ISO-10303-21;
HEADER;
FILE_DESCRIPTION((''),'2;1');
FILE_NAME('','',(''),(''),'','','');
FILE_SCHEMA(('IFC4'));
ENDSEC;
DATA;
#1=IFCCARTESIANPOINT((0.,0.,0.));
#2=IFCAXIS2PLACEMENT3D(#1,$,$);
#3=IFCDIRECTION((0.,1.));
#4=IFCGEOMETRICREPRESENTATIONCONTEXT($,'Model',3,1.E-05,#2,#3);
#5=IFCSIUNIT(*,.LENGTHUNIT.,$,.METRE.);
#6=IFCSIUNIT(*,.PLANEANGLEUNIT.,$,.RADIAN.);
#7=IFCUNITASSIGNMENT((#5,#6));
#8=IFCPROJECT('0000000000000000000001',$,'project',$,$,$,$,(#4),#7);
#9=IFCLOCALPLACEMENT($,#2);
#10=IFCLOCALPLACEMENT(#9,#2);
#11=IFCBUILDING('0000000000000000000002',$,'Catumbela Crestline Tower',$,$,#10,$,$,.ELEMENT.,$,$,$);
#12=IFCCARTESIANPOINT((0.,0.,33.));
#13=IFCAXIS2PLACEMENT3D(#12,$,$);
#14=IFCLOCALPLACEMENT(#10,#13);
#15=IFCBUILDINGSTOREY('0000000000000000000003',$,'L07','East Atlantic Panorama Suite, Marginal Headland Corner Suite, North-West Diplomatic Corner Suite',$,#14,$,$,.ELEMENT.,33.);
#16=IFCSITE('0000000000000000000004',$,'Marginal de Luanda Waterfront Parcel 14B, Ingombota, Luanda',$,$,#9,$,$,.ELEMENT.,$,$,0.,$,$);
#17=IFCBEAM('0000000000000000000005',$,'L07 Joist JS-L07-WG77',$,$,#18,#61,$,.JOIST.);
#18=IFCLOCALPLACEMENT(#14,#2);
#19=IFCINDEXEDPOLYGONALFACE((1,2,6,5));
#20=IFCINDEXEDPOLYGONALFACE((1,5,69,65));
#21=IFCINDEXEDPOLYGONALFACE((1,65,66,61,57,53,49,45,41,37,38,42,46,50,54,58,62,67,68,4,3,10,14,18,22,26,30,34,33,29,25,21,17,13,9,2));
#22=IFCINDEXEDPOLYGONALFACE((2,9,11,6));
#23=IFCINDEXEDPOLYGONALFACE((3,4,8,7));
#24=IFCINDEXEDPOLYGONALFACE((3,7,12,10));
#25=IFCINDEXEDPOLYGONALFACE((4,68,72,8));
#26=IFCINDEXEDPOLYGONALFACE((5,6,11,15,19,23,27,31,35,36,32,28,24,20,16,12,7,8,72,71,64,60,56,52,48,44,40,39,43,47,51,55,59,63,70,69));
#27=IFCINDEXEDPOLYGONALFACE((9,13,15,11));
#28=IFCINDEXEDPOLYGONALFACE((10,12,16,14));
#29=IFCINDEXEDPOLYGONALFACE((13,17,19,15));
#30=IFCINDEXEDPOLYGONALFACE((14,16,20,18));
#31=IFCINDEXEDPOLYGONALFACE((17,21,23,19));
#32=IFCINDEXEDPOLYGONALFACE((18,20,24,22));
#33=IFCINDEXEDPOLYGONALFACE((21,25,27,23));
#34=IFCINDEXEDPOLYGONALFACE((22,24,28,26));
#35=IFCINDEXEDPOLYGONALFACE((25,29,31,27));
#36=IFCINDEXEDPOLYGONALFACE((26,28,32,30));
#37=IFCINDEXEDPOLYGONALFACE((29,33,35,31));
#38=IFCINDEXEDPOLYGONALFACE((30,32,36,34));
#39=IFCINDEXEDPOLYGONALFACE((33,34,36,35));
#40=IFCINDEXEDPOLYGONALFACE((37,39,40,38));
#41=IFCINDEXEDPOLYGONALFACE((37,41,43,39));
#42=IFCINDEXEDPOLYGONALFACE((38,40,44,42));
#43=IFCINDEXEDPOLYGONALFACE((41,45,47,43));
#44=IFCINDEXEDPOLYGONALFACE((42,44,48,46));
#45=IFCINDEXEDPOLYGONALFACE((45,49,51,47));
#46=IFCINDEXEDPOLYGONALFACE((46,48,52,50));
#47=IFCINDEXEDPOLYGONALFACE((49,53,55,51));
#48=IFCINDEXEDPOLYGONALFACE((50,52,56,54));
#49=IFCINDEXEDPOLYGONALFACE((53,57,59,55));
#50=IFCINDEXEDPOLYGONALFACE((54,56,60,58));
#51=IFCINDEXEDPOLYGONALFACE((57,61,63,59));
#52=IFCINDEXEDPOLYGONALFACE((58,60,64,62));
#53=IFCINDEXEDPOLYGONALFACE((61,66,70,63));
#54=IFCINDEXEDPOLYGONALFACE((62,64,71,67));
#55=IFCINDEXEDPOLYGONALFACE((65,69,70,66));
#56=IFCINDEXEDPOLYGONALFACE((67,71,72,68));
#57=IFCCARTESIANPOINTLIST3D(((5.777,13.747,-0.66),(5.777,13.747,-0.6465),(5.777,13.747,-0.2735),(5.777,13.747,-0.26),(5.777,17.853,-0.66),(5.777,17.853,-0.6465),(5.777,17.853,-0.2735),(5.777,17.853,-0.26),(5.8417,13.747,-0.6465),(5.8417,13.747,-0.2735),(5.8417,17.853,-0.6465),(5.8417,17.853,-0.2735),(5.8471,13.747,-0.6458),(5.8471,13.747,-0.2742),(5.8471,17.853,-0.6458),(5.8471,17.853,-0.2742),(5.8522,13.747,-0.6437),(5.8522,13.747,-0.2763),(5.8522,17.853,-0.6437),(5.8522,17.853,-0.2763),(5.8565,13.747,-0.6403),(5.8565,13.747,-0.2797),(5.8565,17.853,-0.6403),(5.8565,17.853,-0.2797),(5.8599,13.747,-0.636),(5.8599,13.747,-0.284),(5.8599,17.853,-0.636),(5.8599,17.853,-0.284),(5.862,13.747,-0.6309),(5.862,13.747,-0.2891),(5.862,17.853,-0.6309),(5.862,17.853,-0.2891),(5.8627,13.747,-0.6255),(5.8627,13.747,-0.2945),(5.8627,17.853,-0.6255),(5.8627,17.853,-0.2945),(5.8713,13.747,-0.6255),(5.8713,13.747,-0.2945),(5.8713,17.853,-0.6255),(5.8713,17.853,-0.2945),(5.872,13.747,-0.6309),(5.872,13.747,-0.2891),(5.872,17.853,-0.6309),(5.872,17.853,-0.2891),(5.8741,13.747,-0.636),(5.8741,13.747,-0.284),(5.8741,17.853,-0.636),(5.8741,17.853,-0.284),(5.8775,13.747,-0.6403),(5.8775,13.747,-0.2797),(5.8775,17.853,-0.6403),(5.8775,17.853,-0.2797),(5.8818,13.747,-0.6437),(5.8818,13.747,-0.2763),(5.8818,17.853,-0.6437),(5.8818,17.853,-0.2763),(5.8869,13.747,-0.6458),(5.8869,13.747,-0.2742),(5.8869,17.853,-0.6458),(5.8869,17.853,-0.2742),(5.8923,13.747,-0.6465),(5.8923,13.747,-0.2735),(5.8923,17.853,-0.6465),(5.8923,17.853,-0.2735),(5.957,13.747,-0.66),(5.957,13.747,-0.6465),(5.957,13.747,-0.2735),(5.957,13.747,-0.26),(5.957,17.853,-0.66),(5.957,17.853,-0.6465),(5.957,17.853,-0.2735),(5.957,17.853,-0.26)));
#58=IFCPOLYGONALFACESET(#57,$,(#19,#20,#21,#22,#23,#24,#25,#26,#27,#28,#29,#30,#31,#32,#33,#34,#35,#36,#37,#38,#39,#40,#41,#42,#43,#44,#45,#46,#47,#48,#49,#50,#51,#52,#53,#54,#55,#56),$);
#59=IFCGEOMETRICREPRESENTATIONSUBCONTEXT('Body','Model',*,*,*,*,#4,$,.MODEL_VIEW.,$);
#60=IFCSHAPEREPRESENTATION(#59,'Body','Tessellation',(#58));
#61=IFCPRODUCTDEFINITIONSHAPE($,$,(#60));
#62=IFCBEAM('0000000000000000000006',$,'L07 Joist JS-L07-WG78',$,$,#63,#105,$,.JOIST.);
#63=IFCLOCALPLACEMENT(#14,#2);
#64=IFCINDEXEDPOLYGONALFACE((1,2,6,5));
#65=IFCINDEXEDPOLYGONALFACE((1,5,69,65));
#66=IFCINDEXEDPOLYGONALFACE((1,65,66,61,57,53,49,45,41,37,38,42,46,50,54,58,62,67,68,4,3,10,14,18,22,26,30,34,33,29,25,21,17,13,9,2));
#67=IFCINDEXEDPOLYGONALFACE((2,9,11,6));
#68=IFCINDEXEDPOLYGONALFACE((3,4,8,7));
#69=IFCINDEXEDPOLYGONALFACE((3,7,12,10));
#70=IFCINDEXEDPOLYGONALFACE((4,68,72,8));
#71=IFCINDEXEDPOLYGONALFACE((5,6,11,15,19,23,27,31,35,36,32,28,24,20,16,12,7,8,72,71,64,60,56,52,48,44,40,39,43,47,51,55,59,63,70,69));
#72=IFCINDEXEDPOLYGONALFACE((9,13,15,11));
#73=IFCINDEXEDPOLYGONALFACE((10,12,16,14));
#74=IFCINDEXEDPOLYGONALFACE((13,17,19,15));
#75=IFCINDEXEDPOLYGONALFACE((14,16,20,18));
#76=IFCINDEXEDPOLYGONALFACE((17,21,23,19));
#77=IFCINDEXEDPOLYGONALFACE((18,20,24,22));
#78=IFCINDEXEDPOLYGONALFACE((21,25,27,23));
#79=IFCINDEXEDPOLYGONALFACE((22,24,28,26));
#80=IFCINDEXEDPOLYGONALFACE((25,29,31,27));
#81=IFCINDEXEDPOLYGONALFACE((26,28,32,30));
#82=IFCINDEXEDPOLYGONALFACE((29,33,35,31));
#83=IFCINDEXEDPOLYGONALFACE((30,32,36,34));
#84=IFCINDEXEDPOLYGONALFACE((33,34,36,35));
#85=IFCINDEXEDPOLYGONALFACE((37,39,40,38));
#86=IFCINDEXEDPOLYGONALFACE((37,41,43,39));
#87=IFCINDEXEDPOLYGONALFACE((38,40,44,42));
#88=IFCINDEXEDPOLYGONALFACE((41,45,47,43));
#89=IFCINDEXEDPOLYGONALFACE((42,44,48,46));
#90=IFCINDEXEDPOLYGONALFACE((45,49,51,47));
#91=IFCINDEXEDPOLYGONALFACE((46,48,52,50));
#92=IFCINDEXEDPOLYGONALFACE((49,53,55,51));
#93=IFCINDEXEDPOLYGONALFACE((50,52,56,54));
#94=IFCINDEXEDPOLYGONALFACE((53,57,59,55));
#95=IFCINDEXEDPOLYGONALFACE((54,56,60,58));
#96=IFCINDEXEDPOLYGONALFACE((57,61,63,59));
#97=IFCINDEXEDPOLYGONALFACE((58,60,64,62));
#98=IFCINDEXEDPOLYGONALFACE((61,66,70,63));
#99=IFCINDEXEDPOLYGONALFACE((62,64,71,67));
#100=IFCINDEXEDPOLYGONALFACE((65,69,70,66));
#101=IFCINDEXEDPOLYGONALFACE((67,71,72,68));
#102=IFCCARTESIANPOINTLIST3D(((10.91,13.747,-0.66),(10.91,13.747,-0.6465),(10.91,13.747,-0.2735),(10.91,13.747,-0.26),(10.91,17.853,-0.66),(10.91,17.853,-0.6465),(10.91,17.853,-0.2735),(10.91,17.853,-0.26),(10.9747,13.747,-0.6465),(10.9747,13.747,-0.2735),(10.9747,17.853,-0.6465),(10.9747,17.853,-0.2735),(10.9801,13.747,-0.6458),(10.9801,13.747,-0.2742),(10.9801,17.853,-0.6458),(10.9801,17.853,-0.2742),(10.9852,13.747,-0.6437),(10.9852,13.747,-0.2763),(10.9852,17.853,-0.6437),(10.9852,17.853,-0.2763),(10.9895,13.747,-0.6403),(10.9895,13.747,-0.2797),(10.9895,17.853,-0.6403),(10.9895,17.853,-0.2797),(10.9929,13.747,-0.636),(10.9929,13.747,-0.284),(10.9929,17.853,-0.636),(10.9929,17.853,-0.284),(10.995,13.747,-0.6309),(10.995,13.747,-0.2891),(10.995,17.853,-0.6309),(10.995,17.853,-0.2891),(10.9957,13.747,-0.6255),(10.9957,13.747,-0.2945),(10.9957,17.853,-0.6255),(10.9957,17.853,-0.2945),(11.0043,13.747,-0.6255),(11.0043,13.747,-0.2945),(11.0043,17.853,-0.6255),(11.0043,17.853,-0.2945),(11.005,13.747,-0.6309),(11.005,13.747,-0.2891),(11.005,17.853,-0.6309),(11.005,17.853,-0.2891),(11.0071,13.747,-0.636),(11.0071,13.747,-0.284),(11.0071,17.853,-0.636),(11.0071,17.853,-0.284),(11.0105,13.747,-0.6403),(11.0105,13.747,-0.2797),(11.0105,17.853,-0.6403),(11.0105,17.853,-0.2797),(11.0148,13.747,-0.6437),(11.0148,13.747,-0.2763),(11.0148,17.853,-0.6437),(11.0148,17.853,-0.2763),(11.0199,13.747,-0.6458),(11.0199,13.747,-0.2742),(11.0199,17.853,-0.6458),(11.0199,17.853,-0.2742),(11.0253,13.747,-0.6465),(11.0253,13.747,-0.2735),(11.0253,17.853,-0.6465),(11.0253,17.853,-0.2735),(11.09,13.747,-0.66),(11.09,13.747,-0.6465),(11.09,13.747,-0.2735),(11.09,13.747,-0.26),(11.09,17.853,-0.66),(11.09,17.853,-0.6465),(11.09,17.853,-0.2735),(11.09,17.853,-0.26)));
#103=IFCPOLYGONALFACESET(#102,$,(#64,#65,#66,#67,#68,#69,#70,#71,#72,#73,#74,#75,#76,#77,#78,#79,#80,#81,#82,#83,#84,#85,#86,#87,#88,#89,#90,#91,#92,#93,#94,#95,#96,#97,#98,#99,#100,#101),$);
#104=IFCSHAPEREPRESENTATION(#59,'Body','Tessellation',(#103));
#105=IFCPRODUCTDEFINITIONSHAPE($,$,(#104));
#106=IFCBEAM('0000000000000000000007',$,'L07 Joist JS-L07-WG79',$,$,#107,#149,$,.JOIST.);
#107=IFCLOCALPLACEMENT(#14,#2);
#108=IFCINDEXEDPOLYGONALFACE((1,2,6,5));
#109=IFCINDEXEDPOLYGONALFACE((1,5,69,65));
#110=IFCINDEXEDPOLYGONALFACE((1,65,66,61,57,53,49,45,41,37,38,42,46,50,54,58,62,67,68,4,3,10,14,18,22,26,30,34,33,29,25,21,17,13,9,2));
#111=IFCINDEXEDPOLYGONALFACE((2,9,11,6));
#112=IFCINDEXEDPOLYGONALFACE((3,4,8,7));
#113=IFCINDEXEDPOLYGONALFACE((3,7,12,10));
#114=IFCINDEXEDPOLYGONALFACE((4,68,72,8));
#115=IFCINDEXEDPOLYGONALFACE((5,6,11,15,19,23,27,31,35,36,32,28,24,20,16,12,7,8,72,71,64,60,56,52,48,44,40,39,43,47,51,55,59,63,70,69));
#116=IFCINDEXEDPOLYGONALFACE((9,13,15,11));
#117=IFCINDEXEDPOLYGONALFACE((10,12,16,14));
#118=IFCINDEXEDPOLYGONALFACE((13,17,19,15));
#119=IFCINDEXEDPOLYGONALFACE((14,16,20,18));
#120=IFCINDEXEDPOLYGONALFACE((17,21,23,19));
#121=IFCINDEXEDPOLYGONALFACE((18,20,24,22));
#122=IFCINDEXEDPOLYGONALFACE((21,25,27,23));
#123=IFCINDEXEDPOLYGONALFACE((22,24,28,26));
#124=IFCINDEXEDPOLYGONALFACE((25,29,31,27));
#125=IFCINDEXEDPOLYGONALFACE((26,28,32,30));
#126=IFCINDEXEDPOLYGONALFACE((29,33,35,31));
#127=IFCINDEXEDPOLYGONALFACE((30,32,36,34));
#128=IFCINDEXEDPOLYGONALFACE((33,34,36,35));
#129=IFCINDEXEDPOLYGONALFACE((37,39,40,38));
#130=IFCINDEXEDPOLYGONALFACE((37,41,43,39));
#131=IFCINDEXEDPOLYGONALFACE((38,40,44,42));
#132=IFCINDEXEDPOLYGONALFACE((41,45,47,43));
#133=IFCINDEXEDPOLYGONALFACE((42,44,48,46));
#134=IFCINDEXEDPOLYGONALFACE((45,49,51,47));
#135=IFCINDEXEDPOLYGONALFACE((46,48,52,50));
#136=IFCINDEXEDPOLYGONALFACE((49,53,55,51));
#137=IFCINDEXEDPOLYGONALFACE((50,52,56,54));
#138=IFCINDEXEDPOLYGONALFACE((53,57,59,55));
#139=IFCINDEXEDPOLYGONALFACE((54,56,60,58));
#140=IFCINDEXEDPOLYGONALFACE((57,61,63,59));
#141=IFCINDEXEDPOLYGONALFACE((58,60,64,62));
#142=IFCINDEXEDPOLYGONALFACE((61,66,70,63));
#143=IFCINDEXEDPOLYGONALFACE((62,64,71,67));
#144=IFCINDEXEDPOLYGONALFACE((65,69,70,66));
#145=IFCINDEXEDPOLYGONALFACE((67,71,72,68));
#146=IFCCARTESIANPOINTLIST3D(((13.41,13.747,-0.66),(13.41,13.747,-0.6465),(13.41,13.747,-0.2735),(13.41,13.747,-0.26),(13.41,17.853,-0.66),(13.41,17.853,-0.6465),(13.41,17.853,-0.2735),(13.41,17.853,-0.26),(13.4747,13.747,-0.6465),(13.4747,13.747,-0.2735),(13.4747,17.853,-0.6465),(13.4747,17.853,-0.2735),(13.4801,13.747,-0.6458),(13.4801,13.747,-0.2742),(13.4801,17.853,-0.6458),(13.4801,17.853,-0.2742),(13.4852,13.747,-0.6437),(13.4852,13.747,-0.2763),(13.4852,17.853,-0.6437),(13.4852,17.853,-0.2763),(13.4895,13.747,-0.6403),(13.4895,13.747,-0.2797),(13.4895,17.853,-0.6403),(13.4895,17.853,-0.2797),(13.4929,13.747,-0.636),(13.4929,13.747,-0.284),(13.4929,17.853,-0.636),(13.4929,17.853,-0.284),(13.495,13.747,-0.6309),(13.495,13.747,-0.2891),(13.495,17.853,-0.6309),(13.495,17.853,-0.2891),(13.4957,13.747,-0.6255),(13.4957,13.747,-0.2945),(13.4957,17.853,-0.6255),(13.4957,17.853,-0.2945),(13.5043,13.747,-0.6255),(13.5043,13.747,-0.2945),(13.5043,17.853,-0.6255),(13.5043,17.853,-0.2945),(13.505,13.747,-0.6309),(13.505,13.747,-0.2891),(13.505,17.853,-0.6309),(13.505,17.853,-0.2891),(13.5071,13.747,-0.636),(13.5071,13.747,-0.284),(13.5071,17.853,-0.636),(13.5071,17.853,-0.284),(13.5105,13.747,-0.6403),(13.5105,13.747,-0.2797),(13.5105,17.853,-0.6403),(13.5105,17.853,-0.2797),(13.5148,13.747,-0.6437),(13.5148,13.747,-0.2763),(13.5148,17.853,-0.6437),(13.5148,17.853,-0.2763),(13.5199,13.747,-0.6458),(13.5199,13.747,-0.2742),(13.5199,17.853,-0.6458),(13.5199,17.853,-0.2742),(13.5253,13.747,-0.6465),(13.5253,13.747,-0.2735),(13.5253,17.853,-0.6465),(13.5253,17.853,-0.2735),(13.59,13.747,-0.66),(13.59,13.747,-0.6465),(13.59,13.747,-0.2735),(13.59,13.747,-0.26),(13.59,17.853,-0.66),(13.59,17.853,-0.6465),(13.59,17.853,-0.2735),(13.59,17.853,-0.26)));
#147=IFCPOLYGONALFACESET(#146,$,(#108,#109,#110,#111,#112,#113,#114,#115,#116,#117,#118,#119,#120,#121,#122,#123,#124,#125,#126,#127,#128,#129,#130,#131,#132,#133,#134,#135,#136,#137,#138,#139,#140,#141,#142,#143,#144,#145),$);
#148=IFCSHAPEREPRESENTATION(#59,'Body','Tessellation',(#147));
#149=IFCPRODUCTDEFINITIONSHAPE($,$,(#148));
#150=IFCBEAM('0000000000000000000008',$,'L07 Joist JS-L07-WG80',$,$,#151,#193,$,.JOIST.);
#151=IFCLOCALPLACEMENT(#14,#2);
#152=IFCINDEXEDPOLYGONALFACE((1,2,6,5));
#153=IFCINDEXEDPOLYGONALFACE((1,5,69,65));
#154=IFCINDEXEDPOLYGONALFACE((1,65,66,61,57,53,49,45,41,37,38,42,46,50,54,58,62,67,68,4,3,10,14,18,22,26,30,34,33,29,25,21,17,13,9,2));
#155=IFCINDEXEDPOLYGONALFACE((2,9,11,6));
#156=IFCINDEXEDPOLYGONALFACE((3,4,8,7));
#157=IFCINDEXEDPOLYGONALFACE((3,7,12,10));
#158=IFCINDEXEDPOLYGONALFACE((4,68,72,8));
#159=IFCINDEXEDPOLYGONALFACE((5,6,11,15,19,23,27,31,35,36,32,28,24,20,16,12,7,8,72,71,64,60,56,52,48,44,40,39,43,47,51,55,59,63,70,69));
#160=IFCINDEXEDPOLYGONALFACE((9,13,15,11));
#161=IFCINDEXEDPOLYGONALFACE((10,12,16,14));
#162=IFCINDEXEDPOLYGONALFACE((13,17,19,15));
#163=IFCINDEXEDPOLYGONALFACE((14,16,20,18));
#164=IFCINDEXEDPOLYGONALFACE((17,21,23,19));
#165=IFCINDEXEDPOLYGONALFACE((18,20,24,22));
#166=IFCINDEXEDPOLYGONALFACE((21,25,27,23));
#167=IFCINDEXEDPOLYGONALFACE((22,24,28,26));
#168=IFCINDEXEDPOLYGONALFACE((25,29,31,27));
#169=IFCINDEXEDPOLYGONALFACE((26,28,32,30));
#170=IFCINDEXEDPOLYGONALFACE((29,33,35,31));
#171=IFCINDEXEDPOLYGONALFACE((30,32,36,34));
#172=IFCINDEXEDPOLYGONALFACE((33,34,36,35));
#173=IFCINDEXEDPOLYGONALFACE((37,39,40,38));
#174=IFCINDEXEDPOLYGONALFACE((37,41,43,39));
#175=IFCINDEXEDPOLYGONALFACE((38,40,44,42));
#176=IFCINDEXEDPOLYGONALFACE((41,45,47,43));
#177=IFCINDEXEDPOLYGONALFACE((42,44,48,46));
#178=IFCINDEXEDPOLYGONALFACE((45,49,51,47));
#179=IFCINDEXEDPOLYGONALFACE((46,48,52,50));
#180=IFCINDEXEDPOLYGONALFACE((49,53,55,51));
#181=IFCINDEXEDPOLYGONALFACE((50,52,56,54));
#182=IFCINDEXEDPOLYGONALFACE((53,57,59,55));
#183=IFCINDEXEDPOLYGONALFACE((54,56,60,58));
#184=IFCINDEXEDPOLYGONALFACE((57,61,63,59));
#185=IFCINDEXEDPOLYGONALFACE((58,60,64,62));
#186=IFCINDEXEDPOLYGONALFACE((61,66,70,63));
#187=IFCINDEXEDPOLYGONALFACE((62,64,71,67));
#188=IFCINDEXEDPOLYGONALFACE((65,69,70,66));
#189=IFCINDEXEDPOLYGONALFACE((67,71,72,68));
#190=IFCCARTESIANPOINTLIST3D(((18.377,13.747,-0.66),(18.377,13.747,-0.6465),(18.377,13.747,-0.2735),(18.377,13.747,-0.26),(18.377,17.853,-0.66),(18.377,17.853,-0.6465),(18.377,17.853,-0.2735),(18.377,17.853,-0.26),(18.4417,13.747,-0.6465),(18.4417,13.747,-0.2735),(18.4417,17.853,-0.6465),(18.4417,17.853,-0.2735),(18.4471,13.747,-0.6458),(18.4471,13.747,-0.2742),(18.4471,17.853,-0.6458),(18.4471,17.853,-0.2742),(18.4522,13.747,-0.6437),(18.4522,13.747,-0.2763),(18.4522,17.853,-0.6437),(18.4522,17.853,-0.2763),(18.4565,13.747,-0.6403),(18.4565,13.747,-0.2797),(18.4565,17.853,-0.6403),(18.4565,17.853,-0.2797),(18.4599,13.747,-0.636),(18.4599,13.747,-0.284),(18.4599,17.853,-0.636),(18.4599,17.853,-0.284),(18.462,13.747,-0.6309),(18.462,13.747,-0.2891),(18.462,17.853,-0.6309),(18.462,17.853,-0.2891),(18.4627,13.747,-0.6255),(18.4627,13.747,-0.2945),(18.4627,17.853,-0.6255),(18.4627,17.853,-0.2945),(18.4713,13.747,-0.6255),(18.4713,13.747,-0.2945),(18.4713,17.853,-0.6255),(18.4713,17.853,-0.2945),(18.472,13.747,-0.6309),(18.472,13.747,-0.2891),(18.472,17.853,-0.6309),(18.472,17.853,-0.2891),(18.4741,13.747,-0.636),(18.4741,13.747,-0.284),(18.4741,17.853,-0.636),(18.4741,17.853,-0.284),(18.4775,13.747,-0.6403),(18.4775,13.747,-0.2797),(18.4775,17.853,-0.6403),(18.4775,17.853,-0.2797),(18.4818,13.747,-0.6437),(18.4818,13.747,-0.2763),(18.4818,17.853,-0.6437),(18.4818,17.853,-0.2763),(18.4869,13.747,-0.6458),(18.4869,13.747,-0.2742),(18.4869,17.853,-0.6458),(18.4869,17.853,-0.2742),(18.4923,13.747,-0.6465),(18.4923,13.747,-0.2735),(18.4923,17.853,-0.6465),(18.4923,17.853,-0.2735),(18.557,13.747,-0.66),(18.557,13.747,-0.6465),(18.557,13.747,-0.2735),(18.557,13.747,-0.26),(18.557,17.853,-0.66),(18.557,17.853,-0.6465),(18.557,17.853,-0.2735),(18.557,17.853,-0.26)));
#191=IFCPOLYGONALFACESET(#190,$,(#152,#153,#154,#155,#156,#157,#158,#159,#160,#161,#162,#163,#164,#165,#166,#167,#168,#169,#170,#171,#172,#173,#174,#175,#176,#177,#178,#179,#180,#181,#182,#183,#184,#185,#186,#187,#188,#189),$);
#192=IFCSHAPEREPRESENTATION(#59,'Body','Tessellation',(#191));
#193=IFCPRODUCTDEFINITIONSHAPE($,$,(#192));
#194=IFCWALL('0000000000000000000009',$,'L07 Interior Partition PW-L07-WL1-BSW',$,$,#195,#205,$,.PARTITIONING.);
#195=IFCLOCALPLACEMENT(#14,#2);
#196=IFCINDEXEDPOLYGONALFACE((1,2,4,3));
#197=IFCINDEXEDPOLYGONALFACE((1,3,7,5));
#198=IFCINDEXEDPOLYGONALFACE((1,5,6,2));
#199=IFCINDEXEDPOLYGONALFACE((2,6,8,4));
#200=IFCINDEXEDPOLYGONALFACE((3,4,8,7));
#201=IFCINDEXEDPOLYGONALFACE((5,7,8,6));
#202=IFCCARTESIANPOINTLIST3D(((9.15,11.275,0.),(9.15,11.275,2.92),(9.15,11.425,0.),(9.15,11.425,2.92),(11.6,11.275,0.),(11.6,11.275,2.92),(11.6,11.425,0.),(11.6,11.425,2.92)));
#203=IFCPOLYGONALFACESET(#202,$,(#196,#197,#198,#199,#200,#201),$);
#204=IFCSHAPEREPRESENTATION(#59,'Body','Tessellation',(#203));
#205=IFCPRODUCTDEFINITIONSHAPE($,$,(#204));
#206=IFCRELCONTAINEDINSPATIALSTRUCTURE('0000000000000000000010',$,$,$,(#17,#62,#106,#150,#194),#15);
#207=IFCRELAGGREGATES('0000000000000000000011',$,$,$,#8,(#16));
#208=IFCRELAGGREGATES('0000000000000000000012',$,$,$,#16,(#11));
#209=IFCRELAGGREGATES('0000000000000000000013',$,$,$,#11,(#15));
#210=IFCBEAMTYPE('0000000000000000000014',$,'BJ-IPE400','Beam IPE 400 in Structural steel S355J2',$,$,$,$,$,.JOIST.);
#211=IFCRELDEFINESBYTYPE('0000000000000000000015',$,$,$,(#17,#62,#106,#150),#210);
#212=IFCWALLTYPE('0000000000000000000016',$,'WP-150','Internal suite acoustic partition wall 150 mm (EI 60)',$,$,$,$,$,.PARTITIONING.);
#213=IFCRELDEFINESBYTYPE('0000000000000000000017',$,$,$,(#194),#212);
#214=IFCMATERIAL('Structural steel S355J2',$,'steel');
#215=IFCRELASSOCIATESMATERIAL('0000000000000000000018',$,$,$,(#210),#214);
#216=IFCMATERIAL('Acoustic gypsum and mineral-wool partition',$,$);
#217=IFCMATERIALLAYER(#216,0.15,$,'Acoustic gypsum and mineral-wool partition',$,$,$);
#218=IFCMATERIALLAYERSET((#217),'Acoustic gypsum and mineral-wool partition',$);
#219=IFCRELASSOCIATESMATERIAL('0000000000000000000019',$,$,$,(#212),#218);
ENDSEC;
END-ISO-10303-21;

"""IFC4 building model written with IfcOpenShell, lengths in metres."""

from ifc_helpers import new_model, si_unit, direction, frame, frame_2d, origin, origin_2d, place, context, subcontext, project, spatial, rectangle, i_section, extrude, material, layer, layer_set, material_profile, profile_set, type_object, element, save


model = new_model("IFC4")

# Units and contexts
model_context = context("Model", 3, precision=1e-05, world=origin(), true_north=direction((0.0, 1.0)))
body_context = subcontext(model_context, "Body", "Model", "MODEL_VIEW")
ifc_project = project(units=[si_unit("LENGTHUNIT", "METRE"), si_unit("PLANEANGLEUNIT", "RADIAN")], contexts=[model_context])

# Site, building, storey
site_placement = place(None, origin())
site = spatial("IfcSite", under=ifc_project, at=site_placement, Name="Marginal de Luanda Waterfront Parcel 14B, Ingombota, Luanda", CompositionType="ELEMENT", RefElevation=0.0)
building_placement = place(site_placement, origin())
building = spatial("IfcBuilding", under=site, at=building_placement, Name="Catumbela Crestline Tower", CompositionType="ELEMENT")
storey_placement = place(building_placement, frame((0.0, 0.0, 33.0)))
storey = spatial("IfcBuildingStorey", under=building, at=storey_placement, Name="L07", Description="East Atlantic Panorama Suite, Marginal Headland Corner Suite, North-West Diplomatic Corner Suite", CompositionType="ELEMENT", Elevation=33.0)

# Beams
ifc_material_1 = material(Name="Structural steel S355J2", Category="steel")
ifc_material_profile_1 = material_profile(ifc_material_1, i_section(OverallWidth=0.18, OverallDepth=0.4, WebThickness=0.0086, FlangeThickness=0.0135, FilletRadius=0.021, at=origin_2d()), Name="IPE 400")
ifc_profile_set_1 = profile_set([ifc_material_profile_1], Name="Structural steel S355J2")
beam_type_1 = type_object("IfcBeamType", Name="BJ-IPE400", Description="Beam IPE 400 in Structural steel S355J2", PredefinedType="JOIST", material=ifc_profile_set_1)
for number, where, z_axis, x_axis, name in (
    (1, (5.867, 13.747, -0.46), (0.0, 1.0, 0.0), (-1.0, 0.0, 0.0), "L07 Joist JS-L07-WG77"),
    (2, (11.0, 13.747, -0.46), (0.0, 1.0, 0.0), (-1.0, 0.0, 0.0), "L07 Joist JS-L07-WG78"),
    (3, (13.5, 13.747, -0.46), (0.0, 1.0, 0.0), (-1.0, 0.0, 0.0), "L07 Joist JS-L07-WG79"),
    (4, (18.467, 13.747, -0.46), (0.0, 1.0, 0.0), (-1.0, 0.0, 0.0), "L07 Joist JS-L07-WG80"),
):
    element("IfcBeam", number, at=place(storey_placement, frame(where, z_axis=z_axis, x_axis=x_axis)), inside=storey, type_object=beam_type_1, Name=name, PredefinedType="JOIST", context=body_context, shape_type="SweptSolid", body=[
        extrude(i_section(OverallWidth=0.18, OverallDepth=0.4, WebThickness=0.0086, FlangeThickness=0.0135, FilletRadius=0.021, at=origin_2d()), origin(), (0.0, 0.0, 1.0), 4.106),
    ])

# Wall
ifc_material_2 = material(Name="Acoustic gypsum and mineral-wool partition")
ifc_layer = layer(ifc_material_2, 0.15, Name="Acoustic gypsum and mineral-wool partition")
ifc_layer_set = layer_set([ifc_layer], Name="Acoustic gypsum and mineral-wool partition")
wall_type = type_object("IfcWallType", Name="WP-150", Description="Internal suite acoustic partition wall 150 mm (EI 60)", PredefinedType="PARTITIONING", material=ifc_layer_set)
wall_1_placement = place(storey_placement, frame((9.15, 11.35, 0.0), z_axis=(0.0, 0.0, 1.0), x_axis=(1.0, 0.0, 0.0)))
element("IfcWall", 5, at=wall_1_placement, inside=storey, type_object=wall_type, Name="L07 Interior Partition PW-L07-WL1-BSW", PredefinedType="PARTITIONING", context=body_context, shape_type="SweptSolid", body=[
    extrude(rectangle(XDim=2.45, YDim=0.15, at=frame_2d((1.225, 0.0))), origin(), (0.0, 0.0, 1.0), 2.92),
])

save(model, "model.ifc")
